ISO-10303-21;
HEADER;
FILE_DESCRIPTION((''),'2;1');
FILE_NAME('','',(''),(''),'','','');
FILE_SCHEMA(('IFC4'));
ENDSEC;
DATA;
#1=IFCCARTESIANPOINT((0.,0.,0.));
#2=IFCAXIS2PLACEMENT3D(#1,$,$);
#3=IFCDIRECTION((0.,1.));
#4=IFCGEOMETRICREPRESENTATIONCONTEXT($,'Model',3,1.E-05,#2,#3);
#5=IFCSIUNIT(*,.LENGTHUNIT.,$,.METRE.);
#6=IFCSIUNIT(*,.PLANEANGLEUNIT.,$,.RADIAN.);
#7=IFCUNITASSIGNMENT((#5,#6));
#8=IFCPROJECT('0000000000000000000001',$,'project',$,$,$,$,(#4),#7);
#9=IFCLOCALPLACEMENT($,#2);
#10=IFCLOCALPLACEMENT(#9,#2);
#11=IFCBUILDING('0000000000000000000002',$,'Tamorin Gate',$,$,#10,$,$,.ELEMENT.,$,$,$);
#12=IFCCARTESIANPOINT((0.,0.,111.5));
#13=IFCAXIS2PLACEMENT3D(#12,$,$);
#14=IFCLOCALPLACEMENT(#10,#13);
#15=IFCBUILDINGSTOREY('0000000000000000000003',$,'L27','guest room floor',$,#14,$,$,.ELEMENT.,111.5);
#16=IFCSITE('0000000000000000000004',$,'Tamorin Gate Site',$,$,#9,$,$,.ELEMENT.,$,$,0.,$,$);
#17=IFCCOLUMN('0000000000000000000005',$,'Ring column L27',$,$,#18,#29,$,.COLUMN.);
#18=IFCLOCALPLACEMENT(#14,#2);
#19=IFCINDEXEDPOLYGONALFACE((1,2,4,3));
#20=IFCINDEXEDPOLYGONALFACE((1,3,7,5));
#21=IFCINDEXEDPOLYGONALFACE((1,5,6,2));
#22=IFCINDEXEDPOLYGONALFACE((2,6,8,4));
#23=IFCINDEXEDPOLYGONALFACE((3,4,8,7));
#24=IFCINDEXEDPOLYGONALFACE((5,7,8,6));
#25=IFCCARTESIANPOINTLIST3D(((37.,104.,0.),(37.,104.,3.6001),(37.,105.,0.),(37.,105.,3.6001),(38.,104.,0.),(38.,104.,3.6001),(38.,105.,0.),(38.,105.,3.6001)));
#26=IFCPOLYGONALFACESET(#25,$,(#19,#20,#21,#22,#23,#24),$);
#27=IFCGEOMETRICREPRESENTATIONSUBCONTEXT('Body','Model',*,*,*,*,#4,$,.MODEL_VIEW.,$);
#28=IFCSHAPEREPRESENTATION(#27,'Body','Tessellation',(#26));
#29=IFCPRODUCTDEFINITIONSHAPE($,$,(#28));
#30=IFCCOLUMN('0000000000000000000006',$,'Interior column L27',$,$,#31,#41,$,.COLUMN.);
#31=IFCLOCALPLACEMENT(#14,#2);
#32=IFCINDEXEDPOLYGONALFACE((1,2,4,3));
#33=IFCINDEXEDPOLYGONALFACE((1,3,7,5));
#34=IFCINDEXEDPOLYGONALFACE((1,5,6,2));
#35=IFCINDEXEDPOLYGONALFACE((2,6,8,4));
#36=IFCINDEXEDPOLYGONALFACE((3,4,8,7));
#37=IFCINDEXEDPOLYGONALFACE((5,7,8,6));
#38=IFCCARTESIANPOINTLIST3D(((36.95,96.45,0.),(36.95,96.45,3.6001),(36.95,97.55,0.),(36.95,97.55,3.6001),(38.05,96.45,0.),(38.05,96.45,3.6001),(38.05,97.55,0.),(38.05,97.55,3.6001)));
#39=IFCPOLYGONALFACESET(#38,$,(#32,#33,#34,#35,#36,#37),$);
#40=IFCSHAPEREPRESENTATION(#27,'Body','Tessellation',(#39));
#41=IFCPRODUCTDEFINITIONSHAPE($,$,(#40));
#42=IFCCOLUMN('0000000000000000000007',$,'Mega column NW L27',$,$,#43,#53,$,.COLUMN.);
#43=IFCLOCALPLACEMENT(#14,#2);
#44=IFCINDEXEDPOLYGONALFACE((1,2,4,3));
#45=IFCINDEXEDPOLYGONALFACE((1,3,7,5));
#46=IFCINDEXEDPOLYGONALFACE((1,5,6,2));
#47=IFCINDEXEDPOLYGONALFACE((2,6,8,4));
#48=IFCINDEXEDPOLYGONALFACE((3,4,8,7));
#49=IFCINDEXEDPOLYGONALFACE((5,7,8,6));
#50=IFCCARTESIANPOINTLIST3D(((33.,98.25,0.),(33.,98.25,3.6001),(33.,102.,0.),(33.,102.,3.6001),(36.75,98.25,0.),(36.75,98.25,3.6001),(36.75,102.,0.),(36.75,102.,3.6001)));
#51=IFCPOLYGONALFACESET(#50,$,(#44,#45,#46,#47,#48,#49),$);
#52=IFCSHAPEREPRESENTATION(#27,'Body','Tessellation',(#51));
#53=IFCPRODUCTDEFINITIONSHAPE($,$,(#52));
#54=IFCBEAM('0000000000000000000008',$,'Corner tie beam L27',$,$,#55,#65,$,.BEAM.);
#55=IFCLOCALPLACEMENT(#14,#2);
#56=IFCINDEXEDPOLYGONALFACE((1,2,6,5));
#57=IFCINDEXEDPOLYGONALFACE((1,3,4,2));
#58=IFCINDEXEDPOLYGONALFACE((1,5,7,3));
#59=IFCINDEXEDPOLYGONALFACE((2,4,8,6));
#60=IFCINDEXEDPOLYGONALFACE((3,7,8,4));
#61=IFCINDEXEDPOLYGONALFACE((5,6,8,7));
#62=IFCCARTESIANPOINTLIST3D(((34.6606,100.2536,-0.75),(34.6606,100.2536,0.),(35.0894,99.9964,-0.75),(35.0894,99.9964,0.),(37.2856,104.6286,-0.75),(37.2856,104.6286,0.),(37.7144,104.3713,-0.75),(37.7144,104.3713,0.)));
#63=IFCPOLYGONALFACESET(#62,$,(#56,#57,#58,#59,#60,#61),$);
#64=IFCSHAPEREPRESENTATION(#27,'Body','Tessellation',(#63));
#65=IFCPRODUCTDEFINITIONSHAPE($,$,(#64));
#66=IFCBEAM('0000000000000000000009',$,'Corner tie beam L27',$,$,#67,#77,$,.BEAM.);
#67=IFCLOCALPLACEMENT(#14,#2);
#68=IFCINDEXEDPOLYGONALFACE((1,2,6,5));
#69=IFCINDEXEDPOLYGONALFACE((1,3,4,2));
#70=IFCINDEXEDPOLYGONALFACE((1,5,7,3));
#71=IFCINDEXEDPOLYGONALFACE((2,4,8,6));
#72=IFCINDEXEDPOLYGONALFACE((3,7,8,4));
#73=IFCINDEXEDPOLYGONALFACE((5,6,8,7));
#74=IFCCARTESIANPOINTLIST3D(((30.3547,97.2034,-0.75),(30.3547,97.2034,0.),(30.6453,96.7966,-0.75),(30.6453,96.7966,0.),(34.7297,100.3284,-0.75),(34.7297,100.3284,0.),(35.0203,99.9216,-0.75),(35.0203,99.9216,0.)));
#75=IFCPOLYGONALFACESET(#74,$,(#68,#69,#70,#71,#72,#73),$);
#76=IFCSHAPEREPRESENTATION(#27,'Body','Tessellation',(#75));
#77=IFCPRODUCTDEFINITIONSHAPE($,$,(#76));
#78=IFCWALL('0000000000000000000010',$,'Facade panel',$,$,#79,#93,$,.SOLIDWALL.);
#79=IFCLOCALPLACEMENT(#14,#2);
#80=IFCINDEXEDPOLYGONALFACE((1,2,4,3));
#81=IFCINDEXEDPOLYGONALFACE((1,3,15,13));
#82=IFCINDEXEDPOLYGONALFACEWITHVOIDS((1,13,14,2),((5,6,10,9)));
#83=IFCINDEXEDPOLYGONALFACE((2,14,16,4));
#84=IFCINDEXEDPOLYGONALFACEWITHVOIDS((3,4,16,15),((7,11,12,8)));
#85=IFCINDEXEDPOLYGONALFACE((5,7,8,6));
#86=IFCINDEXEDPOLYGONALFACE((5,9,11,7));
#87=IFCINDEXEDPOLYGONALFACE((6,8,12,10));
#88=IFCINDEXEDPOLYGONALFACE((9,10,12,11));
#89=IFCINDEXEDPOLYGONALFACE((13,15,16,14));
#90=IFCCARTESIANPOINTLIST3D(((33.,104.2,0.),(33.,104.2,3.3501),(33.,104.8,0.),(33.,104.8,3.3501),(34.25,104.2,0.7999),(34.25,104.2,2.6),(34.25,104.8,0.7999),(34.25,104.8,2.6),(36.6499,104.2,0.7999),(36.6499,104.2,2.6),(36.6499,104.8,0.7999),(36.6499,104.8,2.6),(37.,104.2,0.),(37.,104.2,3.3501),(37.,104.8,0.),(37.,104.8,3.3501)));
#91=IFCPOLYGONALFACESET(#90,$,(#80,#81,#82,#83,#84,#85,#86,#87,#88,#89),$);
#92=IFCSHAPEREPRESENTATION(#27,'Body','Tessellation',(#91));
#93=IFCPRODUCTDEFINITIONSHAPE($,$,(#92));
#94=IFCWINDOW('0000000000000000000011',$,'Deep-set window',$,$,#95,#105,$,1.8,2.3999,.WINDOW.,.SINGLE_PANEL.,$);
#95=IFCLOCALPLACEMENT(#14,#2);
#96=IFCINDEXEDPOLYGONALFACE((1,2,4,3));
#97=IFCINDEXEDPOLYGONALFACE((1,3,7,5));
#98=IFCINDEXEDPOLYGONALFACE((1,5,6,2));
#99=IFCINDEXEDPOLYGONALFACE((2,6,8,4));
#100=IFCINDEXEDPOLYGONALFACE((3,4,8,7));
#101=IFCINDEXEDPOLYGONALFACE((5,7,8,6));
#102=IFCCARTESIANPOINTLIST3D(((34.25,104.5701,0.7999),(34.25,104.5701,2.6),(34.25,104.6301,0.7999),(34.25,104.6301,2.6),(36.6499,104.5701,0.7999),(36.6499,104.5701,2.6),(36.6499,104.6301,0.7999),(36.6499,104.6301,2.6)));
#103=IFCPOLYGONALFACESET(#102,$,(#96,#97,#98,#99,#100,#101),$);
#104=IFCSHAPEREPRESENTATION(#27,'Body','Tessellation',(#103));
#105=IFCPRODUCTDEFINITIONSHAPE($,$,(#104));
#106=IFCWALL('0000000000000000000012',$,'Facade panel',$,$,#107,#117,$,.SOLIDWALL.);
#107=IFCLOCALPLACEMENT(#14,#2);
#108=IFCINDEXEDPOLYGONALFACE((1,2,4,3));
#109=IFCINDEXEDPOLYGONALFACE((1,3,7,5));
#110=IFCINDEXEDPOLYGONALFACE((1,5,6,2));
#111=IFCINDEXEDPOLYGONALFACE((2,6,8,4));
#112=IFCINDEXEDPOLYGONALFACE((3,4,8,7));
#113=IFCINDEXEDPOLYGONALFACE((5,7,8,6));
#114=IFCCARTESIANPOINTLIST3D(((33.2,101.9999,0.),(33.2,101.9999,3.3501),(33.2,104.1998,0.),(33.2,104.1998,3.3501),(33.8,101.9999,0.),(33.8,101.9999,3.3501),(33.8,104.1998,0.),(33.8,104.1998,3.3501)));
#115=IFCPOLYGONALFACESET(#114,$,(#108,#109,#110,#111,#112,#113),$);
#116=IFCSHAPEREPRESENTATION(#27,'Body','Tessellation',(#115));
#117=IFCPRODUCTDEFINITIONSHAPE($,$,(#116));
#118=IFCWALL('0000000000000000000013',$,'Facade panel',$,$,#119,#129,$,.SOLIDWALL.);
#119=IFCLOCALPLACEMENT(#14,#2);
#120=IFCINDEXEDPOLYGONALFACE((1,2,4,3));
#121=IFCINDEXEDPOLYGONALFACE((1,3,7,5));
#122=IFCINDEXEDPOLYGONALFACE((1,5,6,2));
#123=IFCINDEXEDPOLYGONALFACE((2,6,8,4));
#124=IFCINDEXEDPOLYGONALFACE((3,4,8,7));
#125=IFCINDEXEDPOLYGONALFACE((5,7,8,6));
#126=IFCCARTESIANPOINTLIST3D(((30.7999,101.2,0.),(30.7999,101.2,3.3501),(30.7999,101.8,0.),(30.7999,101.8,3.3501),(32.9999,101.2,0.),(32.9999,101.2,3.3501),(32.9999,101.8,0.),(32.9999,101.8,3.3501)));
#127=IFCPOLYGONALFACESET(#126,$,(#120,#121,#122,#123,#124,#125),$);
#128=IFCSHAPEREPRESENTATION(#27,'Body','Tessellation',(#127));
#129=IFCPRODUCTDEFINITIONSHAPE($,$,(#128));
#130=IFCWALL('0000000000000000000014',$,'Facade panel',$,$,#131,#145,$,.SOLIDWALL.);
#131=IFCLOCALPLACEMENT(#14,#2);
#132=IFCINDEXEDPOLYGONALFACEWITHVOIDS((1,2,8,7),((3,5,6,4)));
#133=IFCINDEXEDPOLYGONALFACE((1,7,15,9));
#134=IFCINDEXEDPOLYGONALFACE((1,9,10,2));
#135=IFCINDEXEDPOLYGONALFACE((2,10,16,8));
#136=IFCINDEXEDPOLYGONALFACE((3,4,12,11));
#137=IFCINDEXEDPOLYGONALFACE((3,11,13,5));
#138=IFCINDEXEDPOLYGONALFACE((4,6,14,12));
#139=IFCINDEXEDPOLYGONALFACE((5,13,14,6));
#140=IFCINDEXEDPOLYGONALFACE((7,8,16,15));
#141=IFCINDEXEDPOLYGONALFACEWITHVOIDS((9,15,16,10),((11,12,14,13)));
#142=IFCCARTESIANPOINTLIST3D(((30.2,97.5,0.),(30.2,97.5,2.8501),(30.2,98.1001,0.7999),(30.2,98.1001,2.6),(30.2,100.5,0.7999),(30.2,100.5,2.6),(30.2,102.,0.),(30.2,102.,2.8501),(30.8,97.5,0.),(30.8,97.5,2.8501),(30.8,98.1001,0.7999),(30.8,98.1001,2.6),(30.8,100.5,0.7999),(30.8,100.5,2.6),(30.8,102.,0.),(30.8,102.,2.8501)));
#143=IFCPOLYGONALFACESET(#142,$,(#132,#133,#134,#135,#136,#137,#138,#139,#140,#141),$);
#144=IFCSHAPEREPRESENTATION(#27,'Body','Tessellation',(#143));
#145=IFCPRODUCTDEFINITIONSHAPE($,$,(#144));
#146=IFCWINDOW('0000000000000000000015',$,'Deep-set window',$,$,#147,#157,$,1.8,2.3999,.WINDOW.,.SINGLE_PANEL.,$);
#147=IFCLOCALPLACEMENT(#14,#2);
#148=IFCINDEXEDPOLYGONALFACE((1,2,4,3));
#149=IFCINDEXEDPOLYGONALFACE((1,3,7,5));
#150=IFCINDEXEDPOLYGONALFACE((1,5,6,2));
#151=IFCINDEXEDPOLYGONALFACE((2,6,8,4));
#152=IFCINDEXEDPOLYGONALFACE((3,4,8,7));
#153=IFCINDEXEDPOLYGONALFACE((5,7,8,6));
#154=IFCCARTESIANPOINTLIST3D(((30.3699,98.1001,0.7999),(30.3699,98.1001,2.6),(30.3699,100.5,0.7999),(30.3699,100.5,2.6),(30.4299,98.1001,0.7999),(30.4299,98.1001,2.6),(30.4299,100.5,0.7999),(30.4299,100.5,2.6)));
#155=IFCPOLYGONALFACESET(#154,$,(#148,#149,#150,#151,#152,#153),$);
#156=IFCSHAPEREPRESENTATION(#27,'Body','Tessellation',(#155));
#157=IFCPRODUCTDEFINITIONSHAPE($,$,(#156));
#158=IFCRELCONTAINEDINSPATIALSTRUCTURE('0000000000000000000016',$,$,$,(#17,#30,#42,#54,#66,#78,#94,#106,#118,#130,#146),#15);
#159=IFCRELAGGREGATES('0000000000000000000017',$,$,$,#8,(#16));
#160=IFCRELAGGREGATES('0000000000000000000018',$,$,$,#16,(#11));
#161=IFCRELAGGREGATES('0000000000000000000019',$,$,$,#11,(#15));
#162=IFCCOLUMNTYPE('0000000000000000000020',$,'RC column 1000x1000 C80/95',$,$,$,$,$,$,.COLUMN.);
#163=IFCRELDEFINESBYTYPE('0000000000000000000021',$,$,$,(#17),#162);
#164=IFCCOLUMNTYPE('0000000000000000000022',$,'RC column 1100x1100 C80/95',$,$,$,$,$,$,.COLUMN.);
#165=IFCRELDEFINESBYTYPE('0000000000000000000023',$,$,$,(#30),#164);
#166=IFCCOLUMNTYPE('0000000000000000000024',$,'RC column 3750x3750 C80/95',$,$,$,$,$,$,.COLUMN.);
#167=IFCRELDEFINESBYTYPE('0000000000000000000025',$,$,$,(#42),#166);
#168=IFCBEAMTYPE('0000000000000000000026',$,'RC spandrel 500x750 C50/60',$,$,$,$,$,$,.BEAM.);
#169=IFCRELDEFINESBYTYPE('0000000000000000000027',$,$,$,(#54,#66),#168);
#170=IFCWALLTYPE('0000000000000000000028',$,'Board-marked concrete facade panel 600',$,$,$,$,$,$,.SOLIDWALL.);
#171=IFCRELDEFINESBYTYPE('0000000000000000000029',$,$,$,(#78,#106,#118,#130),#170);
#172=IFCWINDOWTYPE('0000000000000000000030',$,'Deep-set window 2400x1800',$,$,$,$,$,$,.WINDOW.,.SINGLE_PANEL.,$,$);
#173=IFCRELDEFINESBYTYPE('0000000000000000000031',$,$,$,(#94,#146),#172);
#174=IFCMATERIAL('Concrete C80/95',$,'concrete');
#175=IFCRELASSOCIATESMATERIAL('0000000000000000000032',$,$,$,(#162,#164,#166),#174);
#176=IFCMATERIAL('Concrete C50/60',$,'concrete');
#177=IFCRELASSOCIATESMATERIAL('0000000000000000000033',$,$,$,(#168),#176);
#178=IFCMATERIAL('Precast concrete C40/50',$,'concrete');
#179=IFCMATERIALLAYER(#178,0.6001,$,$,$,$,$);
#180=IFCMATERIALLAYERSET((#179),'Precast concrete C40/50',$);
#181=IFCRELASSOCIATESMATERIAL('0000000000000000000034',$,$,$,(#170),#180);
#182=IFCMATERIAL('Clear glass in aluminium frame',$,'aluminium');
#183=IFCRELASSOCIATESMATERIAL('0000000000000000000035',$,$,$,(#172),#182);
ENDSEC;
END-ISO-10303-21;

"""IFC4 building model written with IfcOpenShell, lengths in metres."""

from ifc_helpers import new_model, si_unit, direction, frame, frame_2d, origin, origin_2d, place, context, subcontext, project, spatial, rectangle, extrude, material, layer, layer_set, material_profile, profile_set, type_object, element, fill, save


model = new_model("IFC4")

# Units and contexts
model_context = context("Model", 3, precision=1e-05, world=origin(), true_north=direction((0.0, 1.0)))
body_context = subcontext(model_context, "Body", "Model", "MODEL_VIEW")
ifc_project = project(units=[si_unit("LENGTHUNIT", "METRE"), si_unit("PLANEANGLEUNIT", "RADIAN")], contexts=[model_context])

# Site, building, storey
site_placement = place(None, origin())
site = spatial("IfcSite", under=ifc_project, at=site_placement, Name="Tamorin Gate Site", CompositionType="ELEMENT", RefElevation=0.0)
building_placement = place(site_placement, origin())
building = spatial("IfcBuilding", under=site, at=building_placement, Name="Tamorin Gate", CompositionType="ELEMENT")
storey_placement = place(building_placement, frame((0.0, 0.0, 111.5)))
storey = spatial("IfcBuildingStorey", under=building, at=storey_placement, Name="L27", Description="guest room floor", CompositionType="ELEMENT", Elevation=111.5)

# Columns
ifc_material_1 = material(Name="Concrete C80/95", Category="concrete")
ifc_material_profile_1 = material_profile(ifc_material_1, rectangle(XDim=1.0, YDim=1.0, at=origin_2d()), Name="RC 1000x1000")
ifc_profile_set_1 = profile_set([ifc_material_profile_1], Name="Concrete C80/95")
column_type_1 = type_object("IfcColumnType", Name="RC column 1000x1000 C80/95", PredefinedType="COLUMN", material=ifc_profile_set_1)
column_1_placement = place(storey_placement, frame((37.5, 104.5, 0.0), z_axis=(0.0, 0.0, 1.0), x_axis=(1.0, 0.0, 0.0)))
element("IfcColumn", 1, at=column_1_placement, inside=storey, type_object=column_type_1, Name="Ring column L27", PredefinedType="COLUMN", context=body_context, shape_type="SweptSolid", body=[
    extrude(rectangle(XDim=1.0, YDim=1.0, at=origin_2d()), origin(), (0.0, 0.0, 1.0), 3.6001),
])
ifc_material_profile_2 = material_profile(ifc_material_1, rectangle(XDim=1.1001, YDim=1.1001, at=origin_2d()), Name="RC 1100x1100")
ifc_profile_set_2 = profile_set([ifc_material_profile_2], Name="Concrete C80/95")
column_type_2 = type_object("IfcColumnType", Name="RC column 1100x1100 C80/95", PredefinedType="COLUMN", material=ifc_profile_set_2)
column_2_placement = place(storey_placement, frame((37.5, 97.0, 0.0), z_axis=(0.0, 0.0, 1.0), x_axis=(1.0, 0.0, 0.0)))
element("IfcColumn", 2, at=column_2_placement, inside=storey, type_object=column_type_2, Name="Interior column L27", PredefinedType="COLUMN", context=body_context, shape_type="SweptSolid", body=[
    extrude(rectangle(XDim=1.1001, YDim=1.1001, at=origin_2d()), origin(), (0.0, 0.0, 1.0), 3.6001),
])
ifc_material_profile_3 = material_profile(ifc_material_1, rectangle(XDim=3.75, YDim=3.75, at=origin_2d()), Name="RC 3750x3750")
ifc_profile_set_3 = profile_set([ifc_material_profile_3], Name="Concrete C80/95")
column_type_3 = type_object("IfcColumnType", Name="RC column 3750x3750 C80/95", PredefinedType="COLUMN", material=ifc_profile_set_3)
column_3_placement = place(storey_placement, frame((34.875, 100.125, 0.0), z_axis=(0.0, 0.0, 1.0), x_axis=(1.0, 0.0, 0.0)))
element("IfcColumn", 3, at=column_3_placement, inside=storey, type_object=column_type_3, Name="Mega column NW L27", PredefinedType="COLUMN", context=body_context, shape_type="SweptSolid", body=[
    extrude(rectangle(XDim=3.75, YDim=3.75, at=origin_2d()), origin(), (0.0, 0.0, 1.0), 3.6001),
])

# Beams
ifc_material_2 = material(Name="Concrete C50/60", Category="concrete")
ifc_material_profile_4 = material_profile(ifc_material_2, rectangle(XDim=0.5, YDim=0.75, at=origin_2d()), Name="RC 500x750")
ifc_profile_set_4 = profile_set([ifc_material_profile_4], Name="Concrete C50/60")
beam_type = type_object("IfcBeamType", Name="RC spandrel 500x750 C50/60", PredefinedType="BEAM", material=ifc_profile_set_4)
beam_1_placement = place(storey_placement, frame((34.875, 100.125, -0.375), z_axis=(0.514496, 0.857493, 0.0), x_axis=(-0.857493, 0.514496, 0.0)))
element("IfcBeam", 4, at=beam_1_placement, inside=storey, type_object=beam_type, Name="Corner tie beam L27", PredefinedType="BEAM", context=body_context, shape_type="SweptSolid", body=[
    extrude(rectangle(XDim=0.5, YDim=0.75, at=origin_2d()), origin(), (0.0, 0.0, 1.0), 5.1021),
])
beam_2_placement = place(storey_placement, frame((34.875, 100.125, -0.375), z_axis=(-0.813733, -0.581238, 0.0), x_axis=(0.581238, -0.813733, 0.0)))
element("IfcBeam", 5, at=beam_2_placement, inside=storey, type_object=beam_type, Name="Corner tie beam L27", PredefinedType="BEAM", context=body_context, shape_type="SweptSolid", body=[
    extrude(rectangle(XDim=0.5, YDim=0.75, at=origin_2d()), origin(), (0.0, 0.0, 1.0), 5.3765),
])

# Wall, opening, window
ifc_material_3 = material(Name="Precast concrete C40/50", Category="concrete")
ifc_layer_1 = layer(ifc_material_3, 0.6001)
ifc_layer_set_1 = layer_set([ifc_layer_1], Name="Precast concrete C40/50")
wall_type_1 = type_object("IfcWallType", Name="Board-marked concrete facade panel 600", PredefinedType="SOLIDWALL", material=ifc_layer_set_1)
wall_1_placement = place(storey_placement, frame((37.0, 104.5, 0.0), z_axis=(0.0, 0.0, 1.0), x_axis=(-1.0, 0.0, 0.0)))
wall_1 = element("IfcWall", 6, at=wall_1_placement, inside=storey, type_object=wall_type_1, Name="Facade panel", PredefinedType="SOLIDWALL", context=body_context, shape_type="SweptSolid", body=[
    extrude(rectangle(XDim=4.0, YDim=0.6001, at=frame_2d((2.0, 0.0))), origin(), (0.0, 0.0, 1.0), 3.3501),
])
opening_1_placement = place(wall_1_placement, frame((0.3501, 0.0, 0.8)))
opening_1 = element("IfcOpeningElement", 7, at=opening_1_placement, cuts=wall_1, PredefinedType="OPENING", context=body_context, shape_type="SweptSolid", body=[
    extrude(rectangle(XDim=2.3999, YDim=1.8, at=frame_2d((1.2, 0.8999))), frame((0.0, 0.3101, 0.0), z_axis=(0.0, -1.0, 0.0), x_axis=(1.0, 0.0, 0.0)), (0.0, 0.0, 1.0), 0.6201),
])
ifc_material_4 = material(Name="Clear glass in aluminium frame", Category="aluminium")
window_type = type_object("IfcWindowType", Name="Deep-set window 2400x1800", PartitioningType="SINGLE_PANEL", PredefinedType="WINDOW", material=ifc_material_4)
window_1_placement = place(opening_1_placement, origin())
window_1 = element("IfcWindow", 8, at=window_1_placement, inside=storey, type_object=window_type, Name="Deep-set window", OverallHeight=1.8, OverallWidth=2.3999, PartitioningType="SINGLE_PANEL", PredefinedType="WINDOW", context=body_context, shape_type="SweptSolid", body=[
    extrude(rectangle(XDim=2.3999, YDim=1.8, at=frame_2d((1.2, 0.8999))), frame((0.0, -0.0701, 0.0), z_axis=(0.0, -1.0, 0.0), x_axis=(1.0, 0.0, 0.0)), (0.0, 0.0, 1.0), 0.0601),
])
fill(opening_1, window_1)

# Walls
for number, where, z_axis, x_axis, name in (
    (9, (33.5, 104.2, 0.0), (0.0, 0.0, 1.0), (0.0, -1.0, 0.0), "Facade panel"),
    (10, (33.0, 101.5, 0.0), (0.0, 0.0, 1.0), (-1.0, 0.0, 0.0), "Facade panel"),
):
    element("IfcWall", number, at=place(storey_placement, frame(where, z_axis=z_axis, x_axis=x_axis)), inside=storey, type_object=wall_type_1, Name=name, PredefinedType="SOLIDWALL", context=body_context, shape_type="SweptSolid", body=[
        extrude(rectangle(XDim=2.2, YDim=0.6001, at=frame_2d((1.1001, 0.0))), origin(), (0.0, 0.0, 1.0), 3.3501),
    ])

# Wall, opening, window
wall_2_placement = place(storey_placement, frame((30.5, 102.0, 0.0), z_axis=(0.0, 0.0, 1.0), x_axis=(0.0, -1.0, 0.0)))
wall_2 = element("IfcWall", 11, at=wall_2_placement, inside=storey, type_object=wall_type_1, Name="Facade panel", PredefinedType="SOLIDWALL", context=body_context, shape_type="SweptSolid", body=[
    extrude(rectangle(XDim=4.5, YDim=0.6001, at=frame_2d((2.25, 0.0))), origin(), (0.0, 0.0, 1.0), 2.8501),
])
opening_2_placement = place(wall_2_placement, frame((1.5, 0.0, 0.8)))
opening_2 = element("IfcOpeningElement", 12, at=opening_2_placement, cuts=wall_2, PredefinedType="OPENING", context=body_context, shape_type="SweptSolid", body=[
    extrude(rectangle(XDim=2.3999, YDim=1.8, at=frame_2d((1.2, 0.8999))), frame((0.0, 0.3101, 0.0), z_axis=(0.0, -1.0, 0.0), x_axis=(1.0, 0.0, 0.0)), (0.0, 0.0, 1.0), 0.6201),
])
window_2_placement = place(opening_2_placement, origin())
window_2 = element("IfcWindow", 13, at=window_2_placement, inside=storey, type_object=window_type, Name="Deep-set window", OverallHeight=1.8, OverallWidth=2.3999, PartitioningType="SINGLE_PANEL", PredefinedType="WINDOW", context=body_context, shape_type="SweptSolid", body=[
    extrude(rectangle(XDim=2.3999, YDim=1.8, at=frame_2d((1.2, 0.8999))), frame((0.0, -0.0701, 0.0), z_axis=(0.0, -1.0, 0.0), x_axis=(1.0, 0.0, 0.0)), (0.0, 0.0, 1.0), 0.0601),
])
fill(opening_2, window_2)

save(model, "model.ifc")
